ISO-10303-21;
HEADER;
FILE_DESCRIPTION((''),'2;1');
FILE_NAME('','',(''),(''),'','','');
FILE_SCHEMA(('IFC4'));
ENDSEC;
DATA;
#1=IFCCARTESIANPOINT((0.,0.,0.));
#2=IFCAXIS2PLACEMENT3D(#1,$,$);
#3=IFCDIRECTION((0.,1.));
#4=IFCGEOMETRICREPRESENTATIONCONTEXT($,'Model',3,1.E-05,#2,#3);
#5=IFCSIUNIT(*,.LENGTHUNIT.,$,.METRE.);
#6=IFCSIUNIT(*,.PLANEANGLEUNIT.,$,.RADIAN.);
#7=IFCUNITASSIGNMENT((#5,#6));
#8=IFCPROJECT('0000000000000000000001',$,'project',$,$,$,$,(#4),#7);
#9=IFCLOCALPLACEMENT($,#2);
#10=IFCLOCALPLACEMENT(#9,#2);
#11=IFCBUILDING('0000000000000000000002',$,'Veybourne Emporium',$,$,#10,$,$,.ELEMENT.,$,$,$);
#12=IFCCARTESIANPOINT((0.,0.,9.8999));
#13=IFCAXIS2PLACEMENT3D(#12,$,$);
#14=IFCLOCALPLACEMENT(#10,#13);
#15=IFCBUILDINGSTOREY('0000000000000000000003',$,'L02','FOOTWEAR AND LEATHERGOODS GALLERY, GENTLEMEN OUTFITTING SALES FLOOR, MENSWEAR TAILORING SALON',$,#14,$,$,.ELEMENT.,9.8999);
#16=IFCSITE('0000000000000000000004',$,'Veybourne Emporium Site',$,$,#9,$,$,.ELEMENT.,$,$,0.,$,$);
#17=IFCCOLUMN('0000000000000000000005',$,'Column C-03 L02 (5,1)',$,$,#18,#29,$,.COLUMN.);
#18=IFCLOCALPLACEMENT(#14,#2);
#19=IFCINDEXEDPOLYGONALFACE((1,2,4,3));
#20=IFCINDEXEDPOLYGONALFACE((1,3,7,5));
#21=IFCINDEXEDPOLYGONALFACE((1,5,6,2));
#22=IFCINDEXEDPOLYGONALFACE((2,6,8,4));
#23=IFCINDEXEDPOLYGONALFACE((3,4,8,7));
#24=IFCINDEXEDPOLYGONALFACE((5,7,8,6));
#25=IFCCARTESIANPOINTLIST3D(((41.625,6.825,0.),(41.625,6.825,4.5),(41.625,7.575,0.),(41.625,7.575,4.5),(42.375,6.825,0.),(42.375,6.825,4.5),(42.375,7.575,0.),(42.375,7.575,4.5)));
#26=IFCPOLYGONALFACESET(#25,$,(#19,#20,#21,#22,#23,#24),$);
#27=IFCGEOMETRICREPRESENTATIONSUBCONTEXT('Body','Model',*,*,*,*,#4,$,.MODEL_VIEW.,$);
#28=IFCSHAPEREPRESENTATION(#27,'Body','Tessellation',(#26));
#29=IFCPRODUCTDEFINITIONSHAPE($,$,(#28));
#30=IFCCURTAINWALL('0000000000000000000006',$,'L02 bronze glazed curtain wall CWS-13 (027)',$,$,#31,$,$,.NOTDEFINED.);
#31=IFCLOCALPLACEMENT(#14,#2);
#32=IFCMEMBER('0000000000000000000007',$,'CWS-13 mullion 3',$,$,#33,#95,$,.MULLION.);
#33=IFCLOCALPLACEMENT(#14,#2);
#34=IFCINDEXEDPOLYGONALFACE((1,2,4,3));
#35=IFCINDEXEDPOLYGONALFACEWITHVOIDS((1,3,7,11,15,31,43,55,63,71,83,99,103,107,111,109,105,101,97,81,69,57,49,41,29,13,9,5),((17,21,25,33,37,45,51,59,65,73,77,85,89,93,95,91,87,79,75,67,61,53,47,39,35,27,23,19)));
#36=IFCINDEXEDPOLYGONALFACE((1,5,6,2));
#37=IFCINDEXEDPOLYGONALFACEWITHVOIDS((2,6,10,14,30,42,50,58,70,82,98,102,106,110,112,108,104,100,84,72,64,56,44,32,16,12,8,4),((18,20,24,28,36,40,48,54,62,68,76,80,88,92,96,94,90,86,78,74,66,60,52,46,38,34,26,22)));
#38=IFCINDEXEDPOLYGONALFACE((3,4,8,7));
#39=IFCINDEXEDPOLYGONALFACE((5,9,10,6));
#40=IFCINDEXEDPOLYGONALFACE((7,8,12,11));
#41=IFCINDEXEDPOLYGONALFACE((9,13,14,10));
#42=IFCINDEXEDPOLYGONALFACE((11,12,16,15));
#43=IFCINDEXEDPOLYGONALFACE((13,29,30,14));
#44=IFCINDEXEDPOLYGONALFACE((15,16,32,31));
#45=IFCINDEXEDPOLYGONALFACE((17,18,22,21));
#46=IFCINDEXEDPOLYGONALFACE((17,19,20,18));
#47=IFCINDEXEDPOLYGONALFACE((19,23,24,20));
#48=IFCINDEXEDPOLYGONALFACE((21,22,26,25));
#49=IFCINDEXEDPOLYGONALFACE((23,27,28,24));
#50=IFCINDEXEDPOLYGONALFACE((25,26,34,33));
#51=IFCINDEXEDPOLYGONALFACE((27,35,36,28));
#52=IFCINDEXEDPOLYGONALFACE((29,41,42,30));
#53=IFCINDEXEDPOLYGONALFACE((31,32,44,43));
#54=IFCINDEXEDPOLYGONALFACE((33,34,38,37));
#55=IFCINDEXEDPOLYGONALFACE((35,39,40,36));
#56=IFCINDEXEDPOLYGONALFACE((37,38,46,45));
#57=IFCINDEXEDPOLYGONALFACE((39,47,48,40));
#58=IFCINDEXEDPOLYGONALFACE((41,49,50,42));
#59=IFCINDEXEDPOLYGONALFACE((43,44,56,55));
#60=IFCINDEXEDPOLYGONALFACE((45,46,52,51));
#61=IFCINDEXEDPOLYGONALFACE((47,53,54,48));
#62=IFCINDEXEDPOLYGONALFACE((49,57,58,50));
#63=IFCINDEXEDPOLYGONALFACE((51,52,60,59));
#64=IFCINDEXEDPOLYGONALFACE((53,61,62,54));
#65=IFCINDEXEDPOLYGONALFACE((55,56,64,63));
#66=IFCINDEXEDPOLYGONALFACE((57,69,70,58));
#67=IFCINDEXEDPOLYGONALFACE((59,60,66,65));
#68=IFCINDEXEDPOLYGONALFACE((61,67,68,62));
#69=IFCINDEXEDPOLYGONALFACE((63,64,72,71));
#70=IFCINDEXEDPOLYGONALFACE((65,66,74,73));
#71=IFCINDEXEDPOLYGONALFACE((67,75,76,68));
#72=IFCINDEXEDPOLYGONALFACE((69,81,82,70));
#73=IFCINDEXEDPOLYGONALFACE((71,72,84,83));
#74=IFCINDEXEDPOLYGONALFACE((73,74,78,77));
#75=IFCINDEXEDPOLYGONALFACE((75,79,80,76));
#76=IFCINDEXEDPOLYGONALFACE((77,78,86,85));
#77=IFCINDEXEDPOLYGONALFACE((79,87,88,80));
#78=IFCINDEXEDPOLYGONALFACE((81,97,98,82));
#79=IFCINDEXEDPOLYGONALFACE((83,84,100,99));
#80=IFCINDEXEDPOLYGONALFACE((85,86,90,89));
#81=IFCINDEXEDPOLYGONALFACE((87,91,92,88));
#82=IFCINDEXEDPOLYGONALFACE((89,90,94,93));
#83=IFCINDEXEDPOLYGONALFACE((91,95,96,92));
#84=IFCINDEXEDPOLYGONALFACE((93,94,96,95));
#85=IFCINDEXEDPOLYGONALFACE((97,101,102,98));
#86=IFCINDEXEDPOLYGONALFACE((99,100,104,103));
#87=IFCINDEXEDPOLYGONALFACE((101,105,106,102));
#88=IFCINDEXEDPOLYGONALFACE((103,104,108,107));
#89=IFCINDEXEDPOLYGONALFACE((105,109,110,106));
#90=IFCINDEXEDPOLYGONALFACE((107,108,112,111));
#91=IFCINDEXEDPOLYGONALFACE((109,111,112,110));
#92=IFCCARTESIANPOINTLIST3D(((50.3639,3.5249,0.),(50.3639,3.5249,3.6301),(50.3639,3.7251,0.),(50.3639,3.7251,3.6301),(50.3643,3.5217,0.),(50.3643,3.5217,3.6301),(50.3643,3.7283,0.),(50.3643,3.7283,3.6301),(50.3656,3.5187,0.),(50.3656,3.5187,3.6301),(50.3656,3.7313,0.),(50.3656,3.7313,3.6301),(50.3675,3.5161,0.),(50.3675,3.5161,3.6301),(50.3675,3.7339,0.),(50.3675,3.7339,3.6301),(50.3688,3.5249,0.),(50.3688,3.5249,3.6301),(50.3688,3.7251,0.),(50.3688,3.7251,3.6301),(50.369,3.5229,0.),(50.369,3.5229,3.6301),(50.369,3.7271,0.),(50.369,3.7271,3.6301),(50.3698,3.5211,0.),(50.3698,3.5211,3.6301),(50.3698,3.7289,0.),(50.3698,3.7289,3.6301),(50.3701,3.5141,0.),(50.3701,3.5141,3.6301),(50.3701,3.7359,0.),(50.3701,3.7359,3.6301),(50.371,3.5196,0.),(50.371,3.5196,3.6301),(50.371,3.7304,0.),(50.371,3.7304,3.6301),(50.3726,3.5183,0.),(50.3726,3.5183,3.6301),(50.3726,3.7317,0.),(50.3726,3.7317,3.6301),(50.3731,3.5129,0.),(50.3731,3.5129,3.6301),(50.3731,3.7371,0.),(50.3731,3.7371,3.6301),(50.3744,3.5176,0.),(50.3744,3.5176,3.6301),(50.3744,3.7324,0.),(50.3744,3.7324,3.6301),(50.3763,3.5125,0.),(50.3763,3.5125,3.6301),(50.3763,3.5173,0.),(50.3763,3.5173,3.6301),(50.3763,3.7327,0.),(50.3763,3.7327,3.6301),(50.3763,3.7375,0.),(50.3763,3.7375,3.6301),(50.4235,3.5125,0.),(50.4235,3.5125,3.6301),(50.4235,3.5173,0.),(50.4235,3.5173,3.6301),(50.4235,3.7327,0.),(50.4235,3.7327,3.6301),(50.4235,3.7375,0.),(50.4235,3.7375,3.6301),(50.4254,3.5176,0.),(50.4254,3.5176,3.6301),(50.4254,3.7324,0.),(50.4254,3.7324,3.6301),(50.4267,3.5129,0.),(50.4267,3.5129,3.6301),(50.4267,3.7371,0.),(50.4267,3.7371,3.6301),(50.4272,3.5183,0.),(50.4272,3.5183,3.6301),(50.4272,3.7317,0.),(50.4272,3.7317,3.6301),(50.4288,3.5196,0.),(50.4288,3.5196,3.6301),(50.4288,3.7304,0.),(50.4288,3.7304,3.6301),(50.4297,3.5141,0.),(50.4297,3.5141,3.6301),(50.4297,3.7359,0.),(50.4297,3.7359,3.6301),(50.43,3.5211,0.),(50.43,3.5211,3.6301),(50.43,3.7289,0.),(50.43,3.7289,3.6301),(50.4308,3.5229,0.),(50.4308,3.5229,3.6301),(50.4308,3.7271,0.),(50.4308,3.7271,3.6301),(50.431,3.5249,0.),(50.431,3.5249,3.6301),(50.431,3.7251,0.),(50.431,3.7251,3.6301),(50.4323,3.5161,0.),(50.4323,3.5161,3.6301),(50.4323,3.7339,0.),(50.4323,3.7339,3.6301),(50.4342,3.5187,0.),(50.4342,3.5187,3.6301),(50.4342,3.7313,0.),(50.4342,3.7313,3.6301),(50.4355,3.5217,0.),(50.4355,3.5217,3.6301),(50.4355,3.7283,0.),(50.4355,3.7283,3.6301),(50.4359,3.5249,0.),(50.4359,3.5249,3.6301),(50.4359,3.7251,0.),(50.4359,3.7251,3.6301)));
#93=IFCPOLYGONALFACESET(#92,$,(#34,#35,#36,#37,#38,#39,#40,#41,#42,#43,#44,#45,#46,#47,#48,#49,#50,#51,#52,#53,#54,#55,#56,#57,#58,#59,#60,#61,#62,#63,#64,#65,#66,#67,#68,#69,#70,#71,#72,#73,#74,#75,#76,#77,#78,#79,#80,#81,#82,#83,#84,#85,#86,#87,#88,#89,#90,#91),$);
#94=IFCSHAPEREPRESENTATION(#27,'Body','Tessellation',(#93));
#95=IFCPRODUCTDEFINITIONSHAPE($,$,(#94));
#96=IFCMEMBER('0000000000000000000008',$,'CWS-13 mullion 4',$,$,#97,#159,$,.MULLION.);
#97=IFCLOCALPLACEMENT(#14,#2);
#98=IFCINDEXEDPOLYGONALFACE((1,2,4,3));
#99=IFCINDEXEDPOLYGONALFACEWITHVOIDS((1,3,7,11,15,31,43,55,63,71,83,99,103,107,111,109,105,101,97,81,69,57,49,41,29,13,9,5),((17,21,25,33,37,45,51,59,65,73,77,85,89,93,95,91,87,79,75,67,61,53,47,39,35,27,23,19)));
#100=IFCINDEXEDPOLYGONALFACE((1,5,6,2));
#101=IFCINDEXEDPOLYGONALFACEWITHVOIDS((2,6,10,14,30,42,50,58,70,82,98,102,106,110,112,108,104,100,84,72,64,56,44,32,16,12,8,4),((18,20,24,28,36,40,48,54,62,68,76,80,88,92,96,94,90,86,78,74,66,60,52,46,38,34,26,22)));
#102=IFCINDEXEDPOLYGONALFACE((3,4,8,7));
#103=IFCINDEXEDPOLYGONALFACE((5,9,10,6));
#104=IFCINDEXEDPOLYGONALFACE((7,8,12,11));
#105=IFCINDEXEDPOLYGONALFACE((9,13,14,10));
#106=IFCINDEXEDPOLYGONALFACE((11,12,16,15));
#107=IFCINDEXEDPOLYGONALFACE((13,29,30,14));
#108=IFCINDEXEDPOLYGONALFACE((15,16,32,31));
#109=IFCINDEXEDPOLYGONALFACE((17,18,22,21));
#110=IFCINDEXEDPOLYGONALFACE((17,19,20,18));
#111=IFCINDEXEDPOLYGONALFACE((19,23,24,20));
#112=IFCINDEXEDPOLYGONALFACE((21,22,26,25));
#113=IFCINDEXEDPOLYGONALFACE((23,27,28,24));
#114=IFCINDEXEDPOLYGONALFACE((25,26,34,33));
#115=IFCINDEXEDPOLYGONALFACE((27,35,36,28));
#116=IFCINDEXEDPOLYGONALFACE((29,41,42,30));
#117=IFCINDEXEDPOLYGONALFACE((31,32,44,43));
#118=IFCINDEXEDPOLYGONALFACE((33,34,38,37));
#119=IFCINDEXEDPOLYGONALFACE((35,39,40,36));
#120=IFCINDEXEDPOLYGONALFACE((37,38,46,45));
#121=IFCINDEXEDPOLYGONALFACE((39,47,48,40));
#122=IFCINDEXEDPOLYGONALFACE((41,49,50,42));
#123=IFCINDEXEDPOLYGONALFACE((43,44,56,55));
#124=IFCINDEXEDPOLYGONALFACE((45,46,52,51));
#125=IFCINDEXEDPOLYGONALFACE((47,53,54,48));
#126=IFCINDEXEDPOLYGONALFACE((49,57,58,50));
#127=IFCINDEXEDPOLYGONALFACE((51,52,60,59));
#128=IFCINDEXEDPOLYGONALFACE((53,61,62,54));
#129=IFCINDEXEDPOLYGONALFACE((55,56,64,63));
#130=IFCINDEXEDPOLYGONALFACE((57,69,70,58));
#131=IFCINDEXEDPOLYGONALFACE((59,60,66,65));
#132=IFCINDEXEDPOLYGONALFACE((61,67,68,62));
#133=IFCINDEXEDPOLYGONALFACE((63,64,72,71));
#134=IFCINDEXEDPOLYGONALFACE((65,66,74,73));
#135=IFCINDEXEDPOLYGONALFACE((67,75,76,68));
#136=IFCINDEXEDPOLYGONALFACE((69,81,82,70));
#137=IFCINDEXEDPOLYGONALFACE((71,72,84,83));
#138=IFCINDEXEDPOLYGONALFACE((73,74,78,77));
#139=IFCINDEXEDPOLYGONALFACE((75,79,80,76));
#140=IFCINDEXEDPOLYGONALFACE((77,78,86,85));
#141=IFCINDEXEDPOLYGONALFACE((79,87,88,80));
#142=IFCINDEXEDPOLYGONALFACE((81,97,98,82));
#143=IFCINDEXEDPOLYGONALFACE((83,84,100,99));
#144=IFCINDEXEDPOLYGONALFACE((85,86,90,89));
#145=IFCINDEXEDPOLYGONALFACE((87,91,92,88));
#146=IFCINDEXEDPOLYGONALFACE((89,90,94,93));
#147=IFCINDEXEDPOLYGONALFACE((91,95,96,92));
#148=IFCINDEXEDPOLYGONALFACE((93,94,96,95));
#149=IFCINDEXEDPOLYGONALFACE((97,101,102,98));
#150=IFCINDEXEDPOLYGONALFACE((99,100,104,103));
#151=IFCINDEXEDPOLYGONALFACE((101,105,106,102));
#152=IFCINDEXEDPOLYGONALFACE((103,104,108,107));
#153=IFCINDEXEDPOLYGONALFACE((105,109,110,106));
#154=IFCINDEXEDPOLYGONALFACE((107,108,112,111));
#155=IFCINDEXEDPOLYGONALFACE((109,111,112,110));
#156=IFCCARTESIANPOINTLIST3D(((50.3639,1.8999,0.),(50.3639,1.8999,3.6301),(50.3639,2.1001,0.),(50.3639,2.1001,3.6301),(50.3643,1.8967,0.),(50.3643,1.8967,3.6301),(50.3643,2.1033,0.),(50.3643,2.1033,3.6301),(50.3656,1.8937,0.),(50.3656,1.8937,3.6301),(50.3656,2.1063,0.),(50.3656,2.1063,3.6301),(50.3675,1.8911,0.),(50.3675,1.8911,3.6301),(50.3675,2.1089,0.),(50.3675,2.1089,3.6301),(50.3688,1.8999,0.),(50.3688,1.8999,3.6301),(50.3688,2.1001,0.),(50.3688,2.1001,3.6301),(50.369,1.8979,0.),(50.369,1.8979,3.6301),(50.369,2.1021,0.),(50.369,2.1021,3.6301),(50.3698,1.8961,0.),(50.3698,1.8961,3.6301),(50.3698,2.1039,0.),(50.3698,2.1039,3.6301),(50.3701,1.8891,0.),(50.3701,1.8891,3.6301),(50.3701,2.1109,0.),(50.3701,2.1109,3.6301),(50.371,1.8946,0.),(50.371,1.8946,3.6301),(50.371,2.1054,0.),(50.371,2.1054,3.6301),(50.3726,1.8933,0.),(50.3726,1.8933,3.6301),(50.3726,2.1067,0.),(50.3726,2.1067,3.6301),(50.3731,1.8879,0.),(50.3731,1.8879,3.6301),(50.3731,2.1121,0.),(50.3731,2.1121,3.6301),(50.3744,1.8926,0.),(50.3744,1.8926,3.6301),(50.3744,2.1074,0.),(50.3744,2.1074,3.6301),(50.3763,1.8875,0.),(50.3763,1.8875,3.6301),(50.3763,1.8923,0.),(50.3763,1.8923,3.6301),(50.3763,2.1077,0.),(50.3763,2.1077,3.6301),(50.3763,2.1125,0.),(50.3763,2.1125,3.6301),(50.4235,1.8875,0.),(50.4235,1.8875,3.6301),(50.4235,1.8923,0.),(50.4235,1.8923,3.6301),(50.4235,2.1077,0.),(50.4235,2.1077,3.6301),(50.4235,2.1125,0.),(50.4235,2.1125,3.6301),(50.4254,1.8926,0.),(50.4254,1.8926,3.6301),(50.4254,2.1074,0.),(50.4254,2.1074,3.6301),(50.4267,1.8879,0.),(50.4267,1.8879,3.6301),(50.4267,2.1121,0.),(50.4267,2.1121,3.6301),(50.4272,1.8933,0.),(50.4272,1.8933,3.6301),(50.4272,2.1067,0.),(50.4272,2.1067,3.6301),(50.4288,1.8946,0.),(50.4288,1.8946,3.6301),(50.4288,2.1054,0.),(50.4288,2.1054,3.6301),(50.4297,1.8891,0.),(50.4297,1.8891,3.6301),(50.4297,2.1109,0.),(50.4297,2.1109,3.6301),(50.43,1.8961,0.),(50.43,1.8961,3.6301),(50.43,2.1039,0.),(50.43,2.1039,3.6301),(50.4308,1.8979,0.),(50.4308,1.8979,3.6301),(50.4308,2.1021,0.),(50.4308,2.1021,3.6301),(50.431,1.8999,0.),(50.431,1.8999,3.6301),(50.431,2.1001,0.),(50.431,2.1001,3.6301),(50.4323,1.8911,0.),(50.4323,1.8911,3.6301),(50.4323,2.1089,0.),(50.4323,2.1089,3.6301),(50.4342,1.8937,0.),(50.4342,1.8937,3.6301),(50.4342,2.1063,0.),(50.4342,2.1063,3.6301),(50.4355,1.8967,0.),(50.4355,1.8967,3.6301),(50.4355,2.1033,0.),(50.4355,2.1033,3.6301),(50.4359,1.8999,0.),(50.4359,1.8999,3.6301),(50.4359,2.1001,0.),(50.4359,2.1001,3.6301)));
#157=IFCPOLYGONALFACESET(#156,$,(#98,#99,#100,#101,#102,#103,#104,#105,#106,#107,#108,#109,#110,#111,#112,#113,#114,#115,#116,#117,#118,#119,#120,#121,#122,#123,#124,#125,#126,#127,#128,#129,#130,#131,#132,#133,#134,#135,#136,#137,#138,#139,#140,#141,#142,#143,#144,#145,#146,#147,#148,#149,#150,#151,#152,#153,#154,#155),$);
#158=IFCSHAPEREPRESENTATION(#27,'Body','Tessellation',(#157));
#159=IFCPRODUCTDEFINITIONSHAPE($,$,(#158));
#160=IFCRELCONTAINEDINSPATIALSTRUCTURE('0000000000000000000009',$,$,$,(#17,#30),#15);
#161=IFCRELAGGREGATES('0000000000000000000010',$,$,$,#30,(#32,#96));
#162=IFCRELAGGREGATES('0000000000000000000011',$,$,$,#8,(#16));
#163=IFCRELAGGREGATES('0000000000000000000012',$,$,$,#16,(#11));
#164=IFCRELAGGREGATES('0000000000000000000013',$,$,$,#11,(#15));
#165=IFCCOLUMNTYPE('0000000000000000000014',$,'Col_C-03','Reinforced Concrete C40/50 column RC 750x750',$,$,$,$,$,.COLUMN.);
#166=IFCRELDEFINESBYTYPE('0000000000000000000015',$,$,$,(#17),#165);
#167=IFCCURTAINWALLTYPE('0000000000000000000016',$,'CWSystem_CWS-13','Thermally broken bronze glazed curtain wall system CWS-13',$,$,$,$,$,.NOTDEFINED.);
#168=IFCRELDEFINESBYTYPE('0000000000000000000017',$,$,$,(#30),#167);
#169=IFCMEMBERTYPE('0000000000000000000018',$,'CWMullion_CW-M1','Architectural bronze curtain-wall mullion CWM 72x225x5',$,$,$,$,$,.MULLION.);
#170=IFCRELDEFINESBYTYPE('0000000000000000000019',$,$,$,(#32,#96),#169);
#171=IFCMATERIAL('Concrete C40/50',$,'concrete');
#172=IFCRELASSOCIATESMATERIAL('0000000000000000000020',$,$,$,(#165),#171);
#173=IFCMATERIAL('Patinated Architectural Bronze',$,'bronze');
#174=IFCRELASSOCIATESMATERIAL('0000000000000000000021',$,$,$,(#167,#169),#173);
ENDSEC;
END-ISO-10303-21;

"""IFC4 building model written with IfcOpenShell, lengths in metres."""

from ifc_helpers import new_model, si_unit, direction, frame, origin, origin_2d, place, context, subcontext, project, spatial, rectangle, hollow_rectangle, extrude, material, material_profile, profile_set, type_object, element, aggregate, save


model = new_model("IFC4")

# Units and contexts
model_context = context("Model", 3, precision=1e-05, world=origin(), true_north=direction((0.0, 1.0)))
body_context = subcontext(model_context, "Body", "Model", "MODEL_VIEW")
ifc_project = project(units=[si_unit("LENGTHUNIT", "METRE"), si_unit("PLANEANGLEUNIT", "RADIAN")], contexts=[model_context])

# Site, building, storey
site_placement = place(None, origin())
site = spatial("IfcSite", under=ifc_project, at=site_placement, Name="Veybourne Emporium Site", CompositionType="ELEMENT", RefElevation=0.0)
building_placement = place(site_placement, origin())
building = spatial("IfcBuilding", under=site, at=building_placement, Name="Veybourne Emporium", CompositionType="ELEMENT")
storey_placement = place(building_placement, frame((0.0, 0.0, 9.8999)))
storey = spatial("IfcBuildingStorey", under=building, at=storey_placement, Name="L02", Description="FOOTWEAR AND LEATHERGOODS GALLERY, GENTLEMEN OUTFITTING SALES FLOOR, MENSWEAR TAILORING SALON", CompositionType="ELEMENT", Elevation=9.8999)

# Column
ifc_material_1 = material(Name="Concrete C40/50", Category="concrete")
ifc_material_profile_1 = material_profile(ifc_material_1, rectangle(XDim=0.75, YDim=0.75, at=origin_2d()), Name="RC 750x750")
ifc_profile_set_1 = profile_set([ifc_material_profile_1], Name="Concrete C40/50")
column_type = type_object("IfcColumnType", Name="Col_C-03", Description="Reinforced Concrete C40/50 column RC 750x750", PredefinedType="COLUMN", material=ifc_profile_set_1)
column_placement = place(storey_placement, frame((42.0, 7.2, 0.0), z_axis=(0.0, 0.0, 1.0), x_axis=(1.0, 0.0, 0.0)))
element("IfcColumn", 1, at=column_placement, inside=storey, type_object=column_type, Name="Column C-03 L02 (5,1)", PredefinedType="COLUMN", context=body_context, shape_type="SweptSolid", body=[
    extrude(rectangle(XDim=0.75, YDim=0.75, at=origin_2d()), origin(), (0.0, 0.0, 1.0), 4.5),
])

# Curtain wall, members
ifc_material_2 = material(Name="Patinated Architectural Bronze", Category="bronze")
curtain_wall_type = type_object("IfcCurtainWallType", Name="CWSystem_CWS-13", Description="Thermally broken bronze glazed curtain wall system CWS-13", PredefinedType="NOTDEFINED", material=ifc_material_2)
curtain_wall_placement = place(storey_placement, origin())
curtain_wall = element("IfcCurtainWall", 2, at=curtain_wall_placement, inside=storey, type_object=curtain_wall_type, Name="L02 bronze glazed curtain wall CWS-13 (027)", PredefinedType="NOTDEFINED")
ifc_material_profile_2 = material_profile(ifc_material_2, hollow_rectangle(XDim=0.072, YDim=0.2251, WallThickness=0.0049, InnerFilletRadius=0.0076, OuterFilletRadius=0.0125, at=origin_2d()), Name="CWM 72x225x5")
ifc_profile_set_2 = profile_set([ifc_material_profile_2], Name="Patinated Architectural Bronze")
member_type_1 = type_object("IfcMemberType", Name="CWMullion_CW-M1", Description="Architectural bronze curtain-wall mullion CWM 72x225x5", PredefinedType="MULLION", material=ifc_profile_set_2)
member_1_placement = place(storey_placement, frame((50.3999, 3.625, 0.0), z_axis=(0.0, 0.0, 1.0), x_axis=(1.0, 0.0, 0.0)))
member_1 = element("IfcMember", 3, at=member_1_placement, type_object=member_type_1, Name="CWS-13 mullion 3", PredefinedType="MULLION", context=body_context, shape_type="SweptSolid", body=[
    extrude(hollow_rectangle(XDim=0.072, YDim=0.2251, WallThickness=0.0049, InnerFilletRadius=0.0076, OuterFilletRadius=0.0125, at=origin_2d()), origin(), (0.0, 0.0, 1.0), 3.6301),
])
member_2_placement = place(storey_placement, frame((50.3999, 2.0, 0.0), z_axis=(0.0, 0.0, 1.0), x_axis=(1.0, 0.0, 0.0)))
member_2 = element("IfcMember", 4, at=member_2_placement, type_object=member_type_1, Name="CWS-13 mullion 4", PredefinedType="MULLION", context=body_context, shape_type="SweptSolid", body=[
    extrude(hollow_rectangle(XDim=0.072, YDim=0.2251, WallThickness=0.0049, InnerFilletRadius=0.0076, OuterFilletRadius=0.0125, at=origin_2d()), origin(), (0.0, 0.0, 1.0), 3.6301),
])

aggregate(curtain_wall, [member_1, member_2])

save(model, "model.ifc")
